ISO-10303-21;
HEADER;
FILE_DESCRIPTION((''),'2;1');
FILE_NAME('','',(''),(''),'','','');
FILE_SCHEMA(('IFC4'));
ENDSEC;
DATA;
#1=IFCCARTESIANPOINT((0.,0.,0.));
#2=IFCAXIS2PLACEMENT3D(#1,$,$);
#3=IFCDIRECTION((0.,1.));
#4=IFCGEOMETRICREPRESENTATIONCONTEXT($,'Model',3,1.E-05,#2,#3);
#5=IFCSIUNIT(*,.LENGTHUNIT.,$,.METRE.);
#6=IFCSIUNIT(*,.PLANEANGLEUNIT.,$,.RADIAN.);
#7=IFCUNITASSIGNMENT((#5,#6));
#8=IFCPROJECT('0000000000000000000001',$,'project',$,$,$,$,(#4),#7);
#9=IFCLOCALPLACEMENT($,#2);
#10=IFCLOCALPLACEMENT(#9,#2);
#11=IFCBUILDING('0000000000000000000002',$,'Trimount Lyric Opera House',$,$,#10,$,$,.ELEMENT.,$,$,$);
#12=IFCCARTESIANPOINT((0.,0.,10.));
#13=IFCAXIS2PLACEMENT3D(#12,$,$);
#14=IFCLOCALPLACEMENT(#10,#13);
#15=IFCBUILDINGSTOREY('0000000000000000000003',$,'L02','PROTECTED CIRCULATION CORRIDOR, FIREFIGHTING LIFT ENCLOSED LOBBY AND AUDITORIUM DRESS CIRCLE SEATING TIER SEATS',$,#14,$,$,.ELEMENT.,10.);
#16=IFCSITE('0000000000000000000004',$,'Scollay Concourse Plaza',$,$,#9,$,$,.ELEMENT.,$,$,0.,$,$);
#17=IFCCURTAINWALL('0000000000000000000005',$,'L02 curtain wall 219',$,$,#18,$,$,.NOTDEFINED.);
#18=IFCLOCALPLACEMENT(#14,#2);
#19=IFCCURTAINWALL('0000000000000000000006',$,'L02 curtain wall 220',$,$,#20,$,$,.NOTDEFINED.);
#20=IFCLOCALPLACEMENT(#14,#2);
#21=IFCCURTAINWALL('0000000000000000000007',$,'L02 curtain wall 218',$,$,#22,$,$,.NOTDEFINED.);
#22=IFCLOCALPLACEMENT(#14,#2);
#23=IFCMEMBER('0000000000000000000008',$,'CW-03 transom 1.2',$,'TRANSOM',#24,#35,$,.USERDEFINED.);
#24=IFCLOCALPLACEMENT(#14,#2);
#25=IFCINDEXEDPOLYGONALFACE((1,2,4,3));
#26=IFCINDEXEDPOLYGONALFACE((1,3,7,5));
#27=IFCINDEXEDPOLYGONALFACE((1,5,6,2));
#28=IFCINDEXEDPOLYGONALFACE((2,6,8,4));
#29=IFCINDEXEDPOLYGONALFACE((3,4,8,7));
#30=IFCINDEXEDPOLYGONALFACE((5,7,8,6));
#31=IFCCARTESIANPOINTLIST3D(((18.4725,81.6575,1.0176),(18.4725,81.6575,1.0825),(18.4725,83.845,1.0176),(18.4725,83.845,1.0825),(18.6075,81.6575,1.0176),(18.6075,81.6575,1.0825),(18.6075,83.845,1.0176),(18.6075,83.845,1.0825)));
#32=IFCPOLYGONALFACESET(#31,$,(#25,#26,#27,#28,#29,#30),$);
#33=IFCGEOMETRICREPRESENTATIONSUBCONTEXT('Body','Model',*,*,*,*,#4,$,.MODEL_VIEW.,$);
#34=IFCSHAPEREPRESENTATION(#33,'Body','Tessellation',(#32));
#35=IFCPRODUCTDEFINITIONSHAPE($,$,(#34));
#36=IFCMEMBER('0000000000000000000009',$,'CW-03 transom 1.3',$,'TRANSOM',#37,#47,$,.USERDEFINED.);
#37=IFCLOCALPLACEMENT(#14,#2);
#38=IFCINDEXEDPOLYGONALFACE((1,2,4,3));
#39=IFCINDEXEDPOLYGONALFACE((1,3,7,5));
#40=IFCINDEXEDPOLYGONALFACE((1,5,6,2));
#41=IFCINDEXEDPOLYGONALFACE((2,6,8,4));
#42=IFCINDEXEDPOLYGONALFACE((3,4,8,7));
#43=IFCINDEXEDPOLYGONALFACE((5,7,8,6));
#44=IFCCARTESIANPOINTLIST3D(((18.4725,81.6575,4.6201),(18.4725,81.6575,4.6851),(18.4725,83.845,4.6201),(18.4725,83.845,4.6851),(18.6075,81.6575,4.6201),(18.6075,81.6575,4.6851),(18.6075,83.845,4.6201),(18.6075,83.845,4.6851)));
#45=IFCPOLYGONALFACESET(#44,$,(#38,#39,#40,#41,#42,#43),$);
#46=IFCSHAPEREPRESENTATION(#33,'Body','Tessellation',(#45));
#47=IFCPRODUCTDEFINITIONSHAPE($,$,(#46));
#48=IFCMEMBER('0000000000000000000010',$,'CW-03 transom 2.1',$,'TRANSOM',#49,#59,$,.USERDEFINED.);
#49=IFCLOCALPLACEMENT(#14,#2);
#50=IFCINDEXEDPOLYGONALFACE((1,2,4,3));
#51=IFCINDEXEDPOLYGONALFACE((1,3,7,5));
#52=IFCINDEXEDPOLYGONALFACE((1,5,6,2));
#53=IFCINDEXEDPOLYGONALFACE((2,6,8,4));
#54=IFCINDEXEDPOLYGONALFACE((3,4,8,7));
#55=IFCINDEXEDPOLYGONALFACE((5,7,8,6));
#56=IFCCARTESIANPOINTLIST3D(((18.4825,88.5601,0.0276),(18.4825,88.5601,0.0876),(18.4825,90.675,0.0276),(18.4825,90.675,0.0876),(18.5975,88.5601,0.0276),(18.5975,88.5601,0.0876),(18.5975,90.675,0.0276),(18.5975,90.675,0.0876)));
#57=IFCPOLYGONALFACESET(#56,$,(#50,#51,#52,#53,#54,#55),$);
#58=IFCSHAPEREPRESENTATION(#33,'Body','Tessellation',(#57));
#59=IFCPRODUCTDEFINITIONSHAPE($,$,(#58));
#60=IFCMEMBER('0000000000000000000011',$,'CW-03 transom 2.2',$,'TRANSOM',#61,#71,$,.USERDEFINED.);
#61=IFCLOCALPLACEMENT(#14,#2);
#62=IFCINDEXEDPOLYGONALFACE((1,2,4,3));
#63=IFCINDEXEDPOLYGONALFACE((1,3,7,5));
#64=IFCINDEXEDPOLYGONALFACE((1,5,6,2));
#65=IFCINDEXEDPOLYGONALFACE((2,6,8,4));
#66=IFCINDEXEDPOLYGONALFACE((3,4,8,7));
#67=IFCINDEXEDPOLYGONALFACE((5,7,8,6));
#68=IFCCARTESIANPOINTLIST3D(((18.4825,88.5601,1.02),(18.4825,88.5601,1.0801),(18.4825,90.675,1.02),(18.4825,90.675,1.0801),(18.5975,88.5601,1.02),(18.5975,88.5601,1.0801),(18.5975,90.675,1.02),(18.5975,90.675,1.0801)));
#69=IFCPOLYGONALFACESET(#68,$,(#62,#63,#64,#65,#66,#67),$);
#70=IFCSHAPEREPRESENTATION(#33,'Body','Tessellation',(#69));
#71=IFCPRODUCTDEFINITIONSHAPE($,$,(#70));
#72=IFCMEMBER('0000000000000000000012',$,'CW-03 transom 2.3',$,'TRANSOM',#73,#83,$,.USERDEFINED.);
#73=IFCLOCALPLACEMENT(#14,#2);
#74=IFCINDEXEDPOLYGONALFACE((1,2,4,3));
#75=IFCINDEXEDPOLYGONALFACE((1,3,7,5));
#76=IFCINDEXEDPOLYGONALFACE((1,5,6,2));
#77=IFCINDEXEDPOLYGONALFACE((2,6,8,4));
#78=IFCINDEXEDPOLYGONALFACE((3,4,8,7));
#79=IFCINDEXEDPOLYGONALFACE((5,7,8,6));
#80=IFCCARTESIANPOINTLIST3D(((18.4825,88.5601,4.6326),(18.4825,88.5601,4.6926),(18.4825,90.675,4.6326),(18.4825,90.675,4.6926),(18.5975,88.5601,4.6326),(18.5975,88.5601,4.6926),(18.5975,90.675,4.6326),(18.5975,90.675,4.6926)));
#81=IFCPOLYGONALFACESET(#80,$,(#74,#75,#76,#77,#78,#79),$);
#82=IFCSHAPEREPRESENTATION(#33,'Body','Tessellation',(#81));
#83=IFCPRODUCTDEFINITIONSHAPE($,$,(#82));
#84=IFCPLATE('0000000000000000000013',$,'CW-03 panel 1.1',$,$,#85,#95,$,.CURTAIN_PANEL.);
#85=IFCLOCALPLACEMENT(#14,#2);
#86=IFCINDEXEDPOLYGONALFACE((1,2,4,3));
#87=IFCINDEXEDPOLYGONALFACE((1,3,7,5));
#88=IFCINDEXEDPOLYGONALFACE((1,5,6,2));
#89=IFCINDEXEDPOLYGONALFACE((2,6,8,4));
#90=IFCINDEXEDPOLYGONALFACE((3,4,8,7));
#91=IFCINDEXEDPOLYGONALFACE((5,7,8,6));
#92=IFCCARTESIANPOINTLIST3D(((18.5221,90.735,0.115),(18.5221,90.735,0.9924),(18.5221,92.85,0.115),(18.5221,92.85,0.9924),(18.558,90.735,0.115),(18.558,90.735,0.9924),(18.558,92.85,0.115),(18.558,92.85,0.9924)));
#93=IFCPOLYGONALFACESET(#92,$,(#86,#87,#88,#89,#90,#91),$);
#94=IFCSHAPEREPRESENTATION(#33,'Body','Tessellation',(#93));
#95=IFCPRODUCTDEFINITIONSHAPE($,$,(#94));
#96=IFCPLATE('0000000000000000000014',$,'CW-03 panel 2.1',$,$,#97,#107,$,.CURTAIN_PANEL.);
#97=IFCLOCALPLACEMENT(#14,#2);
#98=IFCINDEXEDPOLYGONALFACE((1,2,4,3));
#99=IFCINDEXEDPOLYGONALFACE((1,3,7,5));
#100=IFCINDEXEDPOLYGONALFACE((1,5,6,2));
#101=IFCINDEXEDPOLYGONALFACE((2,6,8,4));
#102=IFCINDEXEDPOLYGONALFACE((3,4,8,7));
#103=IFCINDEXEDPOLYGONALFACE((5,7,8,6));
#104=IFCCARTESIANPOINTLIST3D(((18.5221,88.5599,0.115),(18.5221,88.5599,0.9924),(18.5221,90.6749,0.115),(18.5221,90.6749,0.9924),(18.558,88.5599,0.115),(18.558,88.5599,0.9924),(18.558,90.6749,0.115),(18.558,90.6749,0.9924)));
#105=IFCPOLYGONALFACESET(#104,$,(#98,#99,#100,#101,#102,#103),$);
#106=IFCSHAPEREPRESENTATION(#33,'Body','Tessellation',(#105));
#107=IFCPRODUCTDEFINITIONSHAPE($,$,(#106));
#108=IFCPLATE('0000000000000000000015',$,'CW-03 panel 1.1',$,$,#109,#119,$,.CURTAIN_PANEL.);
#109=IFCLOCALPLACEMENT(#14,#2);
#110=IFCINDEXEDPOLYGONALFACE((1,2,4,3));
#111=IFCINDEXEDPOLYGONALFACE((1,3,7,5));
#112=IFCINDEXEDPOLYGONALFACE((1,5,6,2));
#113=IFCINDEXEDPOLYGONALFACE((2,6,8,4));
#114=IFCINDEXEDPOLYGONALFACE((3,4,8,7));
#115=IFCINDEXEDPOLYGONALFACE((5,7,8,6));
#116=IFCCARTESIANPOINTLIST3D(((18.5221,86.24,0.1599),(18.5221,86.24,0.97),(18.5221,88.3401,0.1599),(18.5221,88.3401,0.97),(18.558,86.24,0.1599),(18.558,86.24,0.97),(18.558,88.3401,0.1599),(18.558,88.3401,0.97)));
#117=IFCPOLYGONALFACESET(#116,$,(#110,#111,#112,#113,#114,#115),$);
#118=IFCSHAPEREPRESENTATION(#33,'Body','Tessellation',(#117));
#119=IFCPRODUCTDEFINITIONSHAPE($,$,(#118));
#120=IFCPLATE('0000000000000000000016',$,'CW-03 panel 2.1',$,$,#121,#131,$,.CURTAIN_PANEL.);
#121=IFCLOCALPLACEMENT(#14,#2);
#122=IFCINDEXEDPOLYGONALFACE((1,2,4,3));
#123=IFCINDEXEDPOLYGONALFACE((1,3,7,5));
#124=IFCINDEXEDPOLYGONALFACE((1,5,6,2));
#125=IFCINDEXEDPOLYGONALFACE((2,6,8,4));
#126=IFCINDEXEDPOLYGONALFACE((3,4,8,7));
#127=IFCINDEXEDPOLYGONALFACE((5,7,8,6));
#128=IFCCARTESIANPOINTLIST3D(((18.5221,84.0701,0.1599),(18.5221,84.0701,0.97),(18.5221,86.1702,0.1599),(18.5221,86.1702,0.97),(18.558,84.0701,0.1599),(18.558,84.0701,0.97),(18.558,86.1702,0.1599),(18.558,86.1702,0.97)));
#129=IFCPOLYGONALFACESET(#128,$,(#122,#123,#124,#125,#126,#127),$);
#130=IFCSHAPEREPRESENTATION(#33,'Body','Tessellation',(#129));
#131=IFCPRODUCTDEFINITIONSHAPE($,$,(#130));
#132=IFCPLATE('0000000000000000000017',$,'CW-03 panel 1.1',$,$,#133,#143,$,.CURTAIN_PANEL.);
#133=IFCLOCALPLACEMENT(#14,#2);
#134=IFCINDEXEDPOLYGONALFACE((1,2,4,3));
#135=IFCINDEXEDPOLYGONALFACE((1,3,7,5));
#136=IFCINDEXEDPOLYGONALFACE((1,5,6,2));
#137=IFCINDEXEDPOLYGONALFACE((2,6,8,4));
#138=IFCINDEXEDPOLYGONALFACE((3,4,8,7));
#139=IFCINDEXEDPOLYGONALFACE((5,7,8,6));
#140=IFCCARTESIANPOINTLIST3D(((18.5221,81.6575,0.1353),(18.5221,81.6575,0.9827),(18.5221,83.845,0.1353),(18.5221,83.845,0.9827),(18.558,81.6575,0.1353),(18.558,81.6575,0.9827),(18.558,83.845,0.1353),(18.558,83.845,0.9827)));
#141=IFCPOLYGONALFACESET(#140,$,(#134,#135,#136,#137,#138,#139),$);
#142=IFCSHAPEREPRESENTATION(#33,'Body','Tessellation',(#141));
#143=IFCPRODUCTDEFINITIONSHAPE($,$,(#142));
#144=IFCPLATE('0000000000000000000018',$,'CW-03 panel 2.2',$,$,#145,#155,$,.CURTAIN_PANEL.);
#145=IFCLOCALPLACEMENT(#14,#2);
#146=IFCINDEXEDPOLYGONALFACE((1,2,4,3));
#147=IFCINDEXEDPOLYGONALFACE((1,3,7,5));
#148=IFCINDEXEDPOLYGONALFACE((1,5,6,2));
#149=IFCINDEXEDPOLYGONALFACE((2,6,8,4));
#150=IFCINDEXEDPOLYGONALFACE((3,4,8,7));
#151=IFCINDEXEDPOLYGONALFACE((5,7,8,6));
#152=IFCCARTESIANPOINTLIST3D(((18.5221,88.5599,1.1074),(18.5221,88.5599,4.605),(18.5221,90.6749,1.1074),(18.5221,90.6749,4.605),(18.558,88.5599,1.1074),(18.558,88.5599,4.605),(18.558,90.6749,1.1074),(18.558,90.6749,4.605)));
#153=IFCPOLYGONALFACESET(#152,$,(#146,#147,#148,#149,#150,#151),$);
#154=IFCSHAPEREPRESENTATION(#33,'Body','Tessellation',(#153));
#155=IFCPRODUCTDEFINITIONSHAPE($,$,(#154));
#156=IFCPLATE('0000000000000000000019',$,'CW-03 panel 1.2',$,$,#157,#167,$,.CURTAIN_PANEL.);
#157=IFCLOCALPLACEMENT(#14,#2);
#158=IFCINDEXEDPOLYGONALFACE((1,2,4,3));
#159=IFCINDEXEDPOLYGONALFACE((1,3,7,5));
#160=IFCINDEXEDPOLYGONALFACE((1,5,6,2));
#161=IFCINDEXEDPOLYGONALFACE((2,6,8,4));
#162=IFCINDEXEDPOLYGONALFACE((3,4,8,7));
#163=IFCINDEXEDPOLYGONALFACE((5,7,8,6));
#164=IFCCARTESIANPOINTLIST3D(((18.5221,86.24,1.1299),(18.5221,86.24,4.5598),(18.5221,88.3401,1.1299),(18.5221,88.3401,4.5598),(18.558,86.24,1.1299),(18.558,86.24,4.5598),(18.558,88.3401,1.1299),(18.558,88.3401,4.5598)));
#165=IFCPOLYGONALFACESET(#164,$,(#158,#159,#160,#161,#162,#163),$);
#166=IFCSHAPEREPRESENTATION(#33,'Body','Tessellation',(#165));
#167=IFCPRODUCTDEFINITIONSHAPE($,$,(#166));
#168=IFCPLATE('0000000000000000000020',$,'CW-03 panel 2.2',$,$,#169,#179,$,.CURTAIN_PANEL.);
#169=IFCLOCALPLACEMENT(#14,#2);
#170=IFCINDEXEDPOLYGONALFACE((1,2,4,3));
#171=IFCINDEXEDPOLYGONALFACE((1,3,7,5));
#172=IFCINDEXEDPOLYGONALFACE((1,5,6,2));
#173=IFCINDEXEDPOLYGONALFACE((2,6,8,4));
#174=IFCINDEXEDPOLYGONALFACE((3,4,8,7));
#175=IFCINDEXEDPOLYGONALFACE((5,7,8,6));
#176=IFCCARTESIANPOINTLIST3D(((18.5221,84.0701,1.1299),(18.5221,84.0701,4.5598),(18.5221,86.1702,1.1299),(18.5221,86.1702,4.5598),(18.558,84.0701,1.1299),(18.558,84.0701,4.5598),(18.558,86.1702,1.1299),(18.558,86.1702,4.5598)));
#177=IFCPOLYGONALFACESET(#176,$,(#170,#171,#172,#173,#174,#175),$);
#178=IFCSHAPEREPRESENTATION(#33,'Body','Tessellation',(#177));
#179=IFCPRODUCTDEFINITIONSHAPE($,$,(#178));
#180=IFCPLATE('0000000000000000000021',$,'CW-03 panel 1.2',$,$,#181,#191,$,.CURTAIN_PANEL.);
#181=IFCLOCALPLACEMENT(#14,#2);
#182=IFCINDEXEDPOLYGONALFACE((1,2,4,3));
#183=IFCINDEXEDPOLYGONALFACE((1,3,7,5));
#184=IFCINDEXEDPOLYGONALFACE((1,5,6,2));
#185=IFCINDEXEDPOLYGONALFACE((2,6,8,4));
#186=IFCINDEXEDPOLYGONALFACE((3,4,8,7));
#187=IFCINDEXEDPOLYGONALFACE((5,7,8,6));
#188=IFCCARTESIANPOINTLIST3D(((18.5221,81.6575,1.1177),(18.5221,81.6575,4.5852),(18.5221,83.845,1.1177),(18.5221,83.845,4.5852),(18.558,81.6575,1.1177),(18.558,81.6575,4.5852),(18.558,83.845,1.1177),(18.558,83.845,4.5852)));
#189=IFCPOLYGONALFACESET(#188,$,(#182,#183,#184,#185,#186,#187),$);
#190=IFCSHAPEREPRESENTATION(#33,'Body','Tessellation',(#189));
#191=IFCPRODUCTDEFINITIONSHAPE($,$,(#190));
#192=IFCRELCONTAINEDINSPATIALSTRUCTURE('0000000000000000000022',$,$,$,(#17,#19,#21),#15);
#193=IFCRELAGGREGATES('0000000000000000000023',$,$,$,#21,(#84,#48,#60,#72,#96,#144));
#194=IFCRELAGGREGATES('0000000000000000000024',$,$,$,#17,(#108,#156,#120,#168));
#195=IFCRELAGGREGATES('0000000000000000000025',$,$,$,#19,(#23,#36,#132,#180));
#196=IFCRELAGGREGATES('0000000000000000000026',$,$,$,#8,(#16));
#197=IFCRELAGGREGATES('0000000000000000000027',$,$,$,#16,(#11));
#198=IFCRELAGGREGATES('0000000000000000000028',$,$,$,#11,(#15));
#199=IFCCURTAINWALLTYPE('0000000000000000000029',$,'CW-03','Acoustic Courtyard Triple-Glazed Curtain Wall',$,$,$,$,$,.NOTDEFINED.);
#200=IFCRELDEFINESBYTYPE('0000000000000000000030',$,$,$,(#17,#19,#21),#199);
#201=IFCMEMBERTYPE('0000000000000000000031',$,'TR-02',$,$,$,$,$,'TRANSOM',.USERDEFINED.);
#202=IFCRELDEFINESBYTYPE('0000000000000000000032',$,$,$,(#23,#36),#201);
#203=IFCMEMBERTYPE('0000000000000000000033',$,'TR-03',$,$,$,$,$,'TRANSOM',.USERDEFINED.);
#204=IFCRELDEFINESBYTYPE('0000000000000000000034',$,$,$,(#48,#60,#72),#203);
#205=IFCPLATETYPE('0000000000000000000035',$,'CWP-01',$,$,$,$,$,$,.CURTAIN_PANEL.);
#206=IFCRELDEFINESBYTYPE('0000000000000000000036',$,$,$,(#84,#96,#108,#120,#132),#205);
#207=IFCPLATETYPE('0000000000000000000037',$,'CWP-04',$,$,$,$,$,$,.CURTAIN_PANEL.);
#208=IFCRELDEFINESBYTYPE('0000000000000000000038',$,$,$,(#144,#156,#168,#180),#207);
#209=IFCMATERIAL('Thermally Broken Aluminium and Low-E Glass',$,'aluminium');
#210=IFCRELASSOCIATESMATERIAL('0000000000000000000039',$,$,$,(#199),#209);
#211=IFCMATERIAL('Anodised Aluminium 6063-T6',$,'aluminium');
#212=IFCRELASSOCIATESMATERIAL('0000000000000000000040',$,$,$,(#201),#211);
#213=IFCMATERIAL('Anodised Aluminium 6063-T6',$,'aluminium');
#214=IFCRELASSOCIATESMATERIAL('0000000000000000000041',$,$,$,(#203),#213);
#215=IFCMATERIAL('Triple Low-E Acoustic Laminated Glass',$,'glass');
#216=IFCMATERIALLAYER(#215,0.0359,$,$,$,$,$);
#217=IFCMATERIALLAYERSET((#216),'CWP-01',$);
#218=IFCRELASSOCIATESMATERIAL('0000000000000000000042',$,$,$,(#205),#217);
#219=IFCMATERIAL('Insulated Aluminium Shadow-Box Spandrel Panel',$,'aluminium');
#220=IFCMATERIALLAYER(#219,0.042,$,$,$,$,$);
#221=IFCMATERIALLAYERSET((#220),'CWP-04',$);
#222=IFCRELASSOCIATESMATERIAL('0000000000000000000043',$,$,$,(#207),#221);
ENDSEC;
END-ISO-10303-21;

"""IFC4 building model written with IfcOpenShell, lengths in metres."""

from ifc_helpers import new_model, si_unit, direction, frame, origin, origin_2d, place, context, subcontext, project, spatial, rectangle, extrude, material, layer, layer_set, material_profile, profile_set, type_object, element, aggregate, save


model = new_model("IFC4")

# Units and contexts
model_context = context("Model", 3, precision=1e-05, world=origin(), true_north=direction((0.0, 1.0)))
body_context = subcontext(model_context, "Body", "Model", "MODEL_VIEW")
ifc_project = project(units=[si_unit("LENGTHUNIT", "METRE"), si_unit("PLANEANGLEUNIT", "RADIAN")], contexts=[model_context])

# Site, building, storey
site_placement = place(None, origin())
site = spatial("IfcSite", under=ifc_project, at=site_placement, Name="Scollay Concourse Plaza", CompositionType="ELEMENT", RefElevation=0.0)
building_placement = place(site_placement, origin())
building = spatial("IfcBuilding", under=site, at=building_placement, Name="Trimount Lyric Opera House", CompositionType="ELEMENT")
storey_placement = place(building_placement, frame((0.0, 0.0, 10.0)))
storey = spatial("IfcBuildingStorey", under=building, at=storey_placement, Name="L02", Description="PROTECTED CIRCULATION CORRIDOR, FIREFIGHTING LIFT ENCLOSED LOBBY AND AUDITORIUM DRESS CIRCLE SEATING TIER SEATS", CompositionType="ELEMENT", Elevation=10.0)

# Curtain walls
ifc_material_1 = material(Name="Thermally Broken Aluminium and Low-E Glass", Category="aluminium")
curtain_wall_type = type_object("IfcCurtainWallType", Name="CW-03", Description="Acoustic Courtyard Triple-Glazed Curtain Wall", PredefinedType="NOTDEFINED", material=ifc_material_1)
curtain_wall_1_placement = place(storey_placement, origin())
curtain_wall_1 = element("IfcCurtainWall", 1, at=curtain_wall_1_placement, inside=storey, type_object=curtain_wall_type, Name="L02 curtain wall 219", PredefinedType="NOTDEFINED")
curtain_wall_2_placement = place(storey_placement, origin())
curtain_wall_2 = element("IfcCurtainWall", 2, at=curtain_wall_2_placement, inside=storey, type_object=curtain_wall_type, Name="L02 curtain wall 220", PredefinedType="NOTDEFINED")
curtain_wall_3_placement = place(storey_placement, origin())
curtain_wall_3 = element("IfcCurtainWall", 3, at=curtain_wall_3_placement, inside=storey, type_object=curtain_wall_type, Name="L02 curtain wall 218", PredefinedType="NOTDEFINED")

# Members
ifc_material_2 = material(Name="Anodised Aluminium 6063-T6", Category="aluminium")
ifc_material_profile_1 = material_profile(ifc_material_2, rectangle(XDim=0.135, YDim=0.0649, at=origin_2d()), Name="ALU-TRAN-65X135")
ifc_profile_set_1 = profile_set([ifc_material_profile_1], Name="Anodised Aluminium 6063-T6")
member_type_1 = type_object("IfcMemberType", Name="TR-02", ElementType="TRANSOM", PredefinedType="USERDEFINED", material=ifc_profile_set_1)
member_1_placement = place(storey_placement, frame((18.54, 83.845, 1.05), z_axis=(0.0, -1.0, 0.0), x_axis=(1.0, 0.0, 0.0)))
member_1 = element("IfcMember", 4, at=member_1_placement, type_object=member_type_1, Name="CW-03 transom 1.2", ObjectType="TRANSOM", PredefinedType="USERDEFINED", context=body_context, shape_type="SweptSolid", body=[
    extrude(rectangle(XDim=0.135, YDim=0.0649, at=origin_2d()), origin(), (0.0, 0.0, 1.0), 2.1875),
])
member_2_placement = place(storey_placement, frame((18.54, 83.845, 4.6526), z_axis=(0.0, -1.0, 0.0), x_axis=(1.0, 0.0, 0.0)))
member_2 = element("IfcMember", 5, at=member_2_placement, type_object=member_type_1, Name="CW-03 transom 1.3", ObjectType="TRANSOM", PredefinedType="USERDEFINED", context=body_context, shape_type="SweptSolid", body=[
    extrude(rectangle(XDim=0.135, YDim=0.0649, at=origin_2d()), origin(), (0.0, 0.0, 1.0), 2.1875),
])
ifc_material_3 = material(Name="Anodised Aluminium 6063-T6", Category="aluminium")
ifc_material_profile_2 = material_profile(ifc_material_3, rectangle(XDim=0.115, YDim=0.0601, at=origin_2d()), Name="ALU-TRAN-60X115")
ifc_profile_set_2 = profile_set([ifc_material_profile_2], Name="Anodised Aluminium 6063-T6")
member_type_2 = type_object("IfcMemberType", Name="TR-03", ElementType="TRANSOM", PredefinedType="USERDEFINED", material=ifc_profile_set_2)
member_3_placement = place(storey_placement, frame((18.54, 90.675, 0.0576), z_axis=(0.0, -1.0, 0.0), x_axis=(1.0, 0.0, 0.0)))
member_3 = element("IfcMember", 6, at=member_3_placement, type_object=member_type_2, Name="CW-03 transom 2.1", ObjectType="TRANSOM", PredefinedType="USERDEFINED", context=body_context, shape_type="SweptSolid", body=[
    extrude(rectangle(XDim=0.115, YDim=0.0601, at=origin_2d()), origin(), (0.0, 0.0, 1.0), 2.115),
])
member_4_placement = place(storey_placement, frame((18.54, 90.675, 1.05), z_axis=(0.0, -1.0, 0.0), x_axis=(1.0, 0.0, 0.0)))
member_4 = element("IfcMember", 7, at=member_4_placement, type_object=member_type_2, Name="CW-03 transom 2.2", ObjectType="TRANSOM", PredefinedType="USERDEFINED", context=body_context, shape_type="SweptSolid", body=[
    extrude(rectangle(XDim=0.115, YDim=0.0601, at=origin_2d()), origin(), (0.0, 0.0, 1.0), 2.115),
])
member_5_placement = place(storey_placement, frame((18.54, 90.675, 4.6626), z_axis=(0.0, -1.0, 0.0), x_axis=(1.0, 0.0, 0.0)))
member_5 = element("IfcMember", 8, at=member_5_placement, type_object=member_type_2, Name="CW-03 transom 2.3", ObjectType="TRANSOM", PredefinedType="USERDEFINED", context=body_context, shape_type="SweptSolid", body=[
    extrude(rectangle(XDim=0.115, YDim=0.0601, at=origin_2d()), origin(), (0.0, 0.0, 1.0), 2.115),
])

# Plates
ifc_material_4 = material(Name="Triple Low-E Acoustic Laminated Glass", Category="glass")
ifc_layer_1 = layer(ifc_material_4, 0.0359)
ifc_layer_set_1 = layer_set([ifc_layer_1], Name="CWP-01")
plate_type_1 = type_object("IfcPlateType", Name="CWP-01", PredefinedType="CURTAIN_PANEL", material=ifc_layer_set_1)
plate_1_placement = place(storey_placement, frame((18.54, 91.7925, 0.115), z_axis=(0.0, 0.0, 1.0), x_axis=(0.0, -1.0, 0.0)))
plate_1 = element("IfcPlate", 9, at=plate_1_placement, type_object=plate_type_1, Name="CW-03 panel 1.1", PredefinedType="CURTAIN_PANEL", context=body_context, shape_type="SweptSolid", body=[
    extrude(rectangle(XDim=2.115, YDim=0.0359, at=origin_2d()), origin(), (0.0, 0.0, 1.0), 0.8774),
])
plate_2_placement = place(storey_placement, frame((18.54, 89.6174, 0.115), z_axis=(0.0, 0.0, 1.0), x_axis=(0.0, -1.0, 0.0)))
plate_2 = element("IfcPlate", 10, at=plate_2_placement, type_object=plate_type_1, Name="CW-03 panel 2.1", PredefinedType="CURTAIN_PANEL", context=body_context, shape_type="SweptSolid", body=[
    extrude(rectangle(XDim=2.115, YDim=0.0359, at=origin_2d()), origin(), (0.0, 0.0, 1.0), 0.8774),
])
plate_3_placement = place(storey_placement, frame((18.54, 87.29, 0.1599), z_axis=(0.0, 0.0, 1.0), x_axis=(0.0, -1.0, 0.0)))
plate_3 = element("IfcPlate", 11, at=plate_3_placement, type_object=plate_type_1, Name="CW-03 panel 1.1", PredefinedType="CURTAIN_PANEL", context=body_context, shape_type="SweptSolid", body=[
    extrude(rectangle(XDim=2.1001, YDim=0.0359, at=origin_2d()), origin(), (0.0, 0.0, 1.0), 0.8101),
])
plate_4_placement = place(storey_placement, frame((18.54, 85.1201, 0.1599), z_axis=(0.0, 0.0, 1.0), x_axis=(0.0, -1.0, 0.0)))
plate_4 = element("IfcPlate", 12, at=plate_4_placement, type_object=plate_type_1, Name="CW-03 panel 2.1", PredefinedType="CURTAIN_PANEL", context=body_context, shape_type="SweptSolid", body=[
    extrude(rectangle(XDim=2.1001, YDim=0.0359, at=origin_2d()), origin(), (0.0, 0.0, 1.0), 0.8101),
])
plate_5_placement = place(storey_placement, frame((18.54, 82.7512, 0.1353), z_axis=(0.0, 0.0, 1.0), x_axis=(0.0, -1.0, 0.0)))
plate_5 = element("IfcPlate", 13, at=plate_5_placement, type_object=plate_type_1, Name="CW-03 panel 1.1", PredefinedType="CURTAIN_PANEL", context=body_context, shape_type="SweptSolid", body=[
    extrude(rectangle(XDim=2.1875, YDim=0.0359, at=origin_2d()), origin(), (0.0, 0.0, 1.0), 0.8474),
])
ifc_material_5 = material(Name="Insulated Aluminium Shadow-Box Spandrel Panel", Category="aluminium")
ifc_layer_2 = layer(ifc_material_5, 0.042)
ifc_layer_set_2 = layer_set([ifc_layer_2], Name="CWP-04")
plate_type_2 = type_object("IfcPlateType", Name="CWP-04", PredefinedType="CURTAIN_PANEL", material=ifc_layer_set_2)
plate_6_placement = place(storey_placement, frame((18.54, 89.6174, 1.1074), z_axis=(0.0, 0.0, 1.0), x_axis=(0.0, -1.0, 0.0)))
plate_6 = element("IfcPlate", 14, at=plate_6_placement, type_object=plate_type_2, Name="CW-03 panel 2.2", PredefinedType="CURTAIN_PANEL", context=body_context, shape_type="SweptSolid", body=[
    extrude(rectangle(XDim=2.115, YDim=0.0359, at=origin_2d()), origin(), (0.0, 0.0, 1.0), 3.4976),
])
aggregate(curtain_wall_3, [plate_1, member_3, member_4, member_5, plate_2, plate_6])
plate_7_placement = place(storey_placement, frame((18.54, 87.29, 1.1299), z_axis=(0.0, 0.0, 1.0), x_axis=(0.0, -1.0, 0.0)))
plate_7 = element("IfcPlate", 15, at=plate_7_placement, type_object=plate_type_2, Name="CW-03 panel 1.2", PredefinedType="CURTAIN_PANEL", context=body_context, shape_type="SweptSolid", body=[
    extrude(rectangle(XDim=2.1001, YDim=0.0359, at=origin_2d()), origin(), (0.0, 0.0, 1.0), 3.4299),
])
plate_8_placement = place(storey_placement, frame((18.54, 85.1201, 1.1299), z_axis=(0.0, 0.0, 1.0), x_axis=(0.0, -1.0, 0.0)))
plate_8 = element("IfcPlate", 16, at=plate_8_placement, type_object=plate_type_2, Name="CW-03 panel 2.2", PredefinedType="CURTAIN_PANEL", context=body_context, shape_type="SweptSolid", body=[
    extrude(rectangle(XDim=2.1001, YDim=0.0359, at=origin_2d()), origin(), (0.0, 0.0, 1.0), 3.4299),
])
aggregate(curtain_wall_1, [plate_3, plate_7, plate_4, plate_8])
plate_9_placement = place(storey_placement, frame((18.54, 82.7512, 1.1177), z_axis=(0.0, 0.0, 1.0), x_axis=(0.0, -1.0, 0.0)))
plate_9 = element("IfcPlate", 17, at=plate_9_placement, type_object=plate_type_2, Name="CW-03 panel 1.2", PredefinedType="CURTAIN_PANEL", context=body_context, shape_type="SweptSolid", body=[
    extrude(rectangle(XDim=2.1875, YDim=0.0359, at=origin_2d()), origin(), (0.0, 0.0, 1.0), 3.4675),
])
aggregate(curtain_wall_2, [member_1, member_2, plate_5, plate_9])

save(model, "model.ifc")
